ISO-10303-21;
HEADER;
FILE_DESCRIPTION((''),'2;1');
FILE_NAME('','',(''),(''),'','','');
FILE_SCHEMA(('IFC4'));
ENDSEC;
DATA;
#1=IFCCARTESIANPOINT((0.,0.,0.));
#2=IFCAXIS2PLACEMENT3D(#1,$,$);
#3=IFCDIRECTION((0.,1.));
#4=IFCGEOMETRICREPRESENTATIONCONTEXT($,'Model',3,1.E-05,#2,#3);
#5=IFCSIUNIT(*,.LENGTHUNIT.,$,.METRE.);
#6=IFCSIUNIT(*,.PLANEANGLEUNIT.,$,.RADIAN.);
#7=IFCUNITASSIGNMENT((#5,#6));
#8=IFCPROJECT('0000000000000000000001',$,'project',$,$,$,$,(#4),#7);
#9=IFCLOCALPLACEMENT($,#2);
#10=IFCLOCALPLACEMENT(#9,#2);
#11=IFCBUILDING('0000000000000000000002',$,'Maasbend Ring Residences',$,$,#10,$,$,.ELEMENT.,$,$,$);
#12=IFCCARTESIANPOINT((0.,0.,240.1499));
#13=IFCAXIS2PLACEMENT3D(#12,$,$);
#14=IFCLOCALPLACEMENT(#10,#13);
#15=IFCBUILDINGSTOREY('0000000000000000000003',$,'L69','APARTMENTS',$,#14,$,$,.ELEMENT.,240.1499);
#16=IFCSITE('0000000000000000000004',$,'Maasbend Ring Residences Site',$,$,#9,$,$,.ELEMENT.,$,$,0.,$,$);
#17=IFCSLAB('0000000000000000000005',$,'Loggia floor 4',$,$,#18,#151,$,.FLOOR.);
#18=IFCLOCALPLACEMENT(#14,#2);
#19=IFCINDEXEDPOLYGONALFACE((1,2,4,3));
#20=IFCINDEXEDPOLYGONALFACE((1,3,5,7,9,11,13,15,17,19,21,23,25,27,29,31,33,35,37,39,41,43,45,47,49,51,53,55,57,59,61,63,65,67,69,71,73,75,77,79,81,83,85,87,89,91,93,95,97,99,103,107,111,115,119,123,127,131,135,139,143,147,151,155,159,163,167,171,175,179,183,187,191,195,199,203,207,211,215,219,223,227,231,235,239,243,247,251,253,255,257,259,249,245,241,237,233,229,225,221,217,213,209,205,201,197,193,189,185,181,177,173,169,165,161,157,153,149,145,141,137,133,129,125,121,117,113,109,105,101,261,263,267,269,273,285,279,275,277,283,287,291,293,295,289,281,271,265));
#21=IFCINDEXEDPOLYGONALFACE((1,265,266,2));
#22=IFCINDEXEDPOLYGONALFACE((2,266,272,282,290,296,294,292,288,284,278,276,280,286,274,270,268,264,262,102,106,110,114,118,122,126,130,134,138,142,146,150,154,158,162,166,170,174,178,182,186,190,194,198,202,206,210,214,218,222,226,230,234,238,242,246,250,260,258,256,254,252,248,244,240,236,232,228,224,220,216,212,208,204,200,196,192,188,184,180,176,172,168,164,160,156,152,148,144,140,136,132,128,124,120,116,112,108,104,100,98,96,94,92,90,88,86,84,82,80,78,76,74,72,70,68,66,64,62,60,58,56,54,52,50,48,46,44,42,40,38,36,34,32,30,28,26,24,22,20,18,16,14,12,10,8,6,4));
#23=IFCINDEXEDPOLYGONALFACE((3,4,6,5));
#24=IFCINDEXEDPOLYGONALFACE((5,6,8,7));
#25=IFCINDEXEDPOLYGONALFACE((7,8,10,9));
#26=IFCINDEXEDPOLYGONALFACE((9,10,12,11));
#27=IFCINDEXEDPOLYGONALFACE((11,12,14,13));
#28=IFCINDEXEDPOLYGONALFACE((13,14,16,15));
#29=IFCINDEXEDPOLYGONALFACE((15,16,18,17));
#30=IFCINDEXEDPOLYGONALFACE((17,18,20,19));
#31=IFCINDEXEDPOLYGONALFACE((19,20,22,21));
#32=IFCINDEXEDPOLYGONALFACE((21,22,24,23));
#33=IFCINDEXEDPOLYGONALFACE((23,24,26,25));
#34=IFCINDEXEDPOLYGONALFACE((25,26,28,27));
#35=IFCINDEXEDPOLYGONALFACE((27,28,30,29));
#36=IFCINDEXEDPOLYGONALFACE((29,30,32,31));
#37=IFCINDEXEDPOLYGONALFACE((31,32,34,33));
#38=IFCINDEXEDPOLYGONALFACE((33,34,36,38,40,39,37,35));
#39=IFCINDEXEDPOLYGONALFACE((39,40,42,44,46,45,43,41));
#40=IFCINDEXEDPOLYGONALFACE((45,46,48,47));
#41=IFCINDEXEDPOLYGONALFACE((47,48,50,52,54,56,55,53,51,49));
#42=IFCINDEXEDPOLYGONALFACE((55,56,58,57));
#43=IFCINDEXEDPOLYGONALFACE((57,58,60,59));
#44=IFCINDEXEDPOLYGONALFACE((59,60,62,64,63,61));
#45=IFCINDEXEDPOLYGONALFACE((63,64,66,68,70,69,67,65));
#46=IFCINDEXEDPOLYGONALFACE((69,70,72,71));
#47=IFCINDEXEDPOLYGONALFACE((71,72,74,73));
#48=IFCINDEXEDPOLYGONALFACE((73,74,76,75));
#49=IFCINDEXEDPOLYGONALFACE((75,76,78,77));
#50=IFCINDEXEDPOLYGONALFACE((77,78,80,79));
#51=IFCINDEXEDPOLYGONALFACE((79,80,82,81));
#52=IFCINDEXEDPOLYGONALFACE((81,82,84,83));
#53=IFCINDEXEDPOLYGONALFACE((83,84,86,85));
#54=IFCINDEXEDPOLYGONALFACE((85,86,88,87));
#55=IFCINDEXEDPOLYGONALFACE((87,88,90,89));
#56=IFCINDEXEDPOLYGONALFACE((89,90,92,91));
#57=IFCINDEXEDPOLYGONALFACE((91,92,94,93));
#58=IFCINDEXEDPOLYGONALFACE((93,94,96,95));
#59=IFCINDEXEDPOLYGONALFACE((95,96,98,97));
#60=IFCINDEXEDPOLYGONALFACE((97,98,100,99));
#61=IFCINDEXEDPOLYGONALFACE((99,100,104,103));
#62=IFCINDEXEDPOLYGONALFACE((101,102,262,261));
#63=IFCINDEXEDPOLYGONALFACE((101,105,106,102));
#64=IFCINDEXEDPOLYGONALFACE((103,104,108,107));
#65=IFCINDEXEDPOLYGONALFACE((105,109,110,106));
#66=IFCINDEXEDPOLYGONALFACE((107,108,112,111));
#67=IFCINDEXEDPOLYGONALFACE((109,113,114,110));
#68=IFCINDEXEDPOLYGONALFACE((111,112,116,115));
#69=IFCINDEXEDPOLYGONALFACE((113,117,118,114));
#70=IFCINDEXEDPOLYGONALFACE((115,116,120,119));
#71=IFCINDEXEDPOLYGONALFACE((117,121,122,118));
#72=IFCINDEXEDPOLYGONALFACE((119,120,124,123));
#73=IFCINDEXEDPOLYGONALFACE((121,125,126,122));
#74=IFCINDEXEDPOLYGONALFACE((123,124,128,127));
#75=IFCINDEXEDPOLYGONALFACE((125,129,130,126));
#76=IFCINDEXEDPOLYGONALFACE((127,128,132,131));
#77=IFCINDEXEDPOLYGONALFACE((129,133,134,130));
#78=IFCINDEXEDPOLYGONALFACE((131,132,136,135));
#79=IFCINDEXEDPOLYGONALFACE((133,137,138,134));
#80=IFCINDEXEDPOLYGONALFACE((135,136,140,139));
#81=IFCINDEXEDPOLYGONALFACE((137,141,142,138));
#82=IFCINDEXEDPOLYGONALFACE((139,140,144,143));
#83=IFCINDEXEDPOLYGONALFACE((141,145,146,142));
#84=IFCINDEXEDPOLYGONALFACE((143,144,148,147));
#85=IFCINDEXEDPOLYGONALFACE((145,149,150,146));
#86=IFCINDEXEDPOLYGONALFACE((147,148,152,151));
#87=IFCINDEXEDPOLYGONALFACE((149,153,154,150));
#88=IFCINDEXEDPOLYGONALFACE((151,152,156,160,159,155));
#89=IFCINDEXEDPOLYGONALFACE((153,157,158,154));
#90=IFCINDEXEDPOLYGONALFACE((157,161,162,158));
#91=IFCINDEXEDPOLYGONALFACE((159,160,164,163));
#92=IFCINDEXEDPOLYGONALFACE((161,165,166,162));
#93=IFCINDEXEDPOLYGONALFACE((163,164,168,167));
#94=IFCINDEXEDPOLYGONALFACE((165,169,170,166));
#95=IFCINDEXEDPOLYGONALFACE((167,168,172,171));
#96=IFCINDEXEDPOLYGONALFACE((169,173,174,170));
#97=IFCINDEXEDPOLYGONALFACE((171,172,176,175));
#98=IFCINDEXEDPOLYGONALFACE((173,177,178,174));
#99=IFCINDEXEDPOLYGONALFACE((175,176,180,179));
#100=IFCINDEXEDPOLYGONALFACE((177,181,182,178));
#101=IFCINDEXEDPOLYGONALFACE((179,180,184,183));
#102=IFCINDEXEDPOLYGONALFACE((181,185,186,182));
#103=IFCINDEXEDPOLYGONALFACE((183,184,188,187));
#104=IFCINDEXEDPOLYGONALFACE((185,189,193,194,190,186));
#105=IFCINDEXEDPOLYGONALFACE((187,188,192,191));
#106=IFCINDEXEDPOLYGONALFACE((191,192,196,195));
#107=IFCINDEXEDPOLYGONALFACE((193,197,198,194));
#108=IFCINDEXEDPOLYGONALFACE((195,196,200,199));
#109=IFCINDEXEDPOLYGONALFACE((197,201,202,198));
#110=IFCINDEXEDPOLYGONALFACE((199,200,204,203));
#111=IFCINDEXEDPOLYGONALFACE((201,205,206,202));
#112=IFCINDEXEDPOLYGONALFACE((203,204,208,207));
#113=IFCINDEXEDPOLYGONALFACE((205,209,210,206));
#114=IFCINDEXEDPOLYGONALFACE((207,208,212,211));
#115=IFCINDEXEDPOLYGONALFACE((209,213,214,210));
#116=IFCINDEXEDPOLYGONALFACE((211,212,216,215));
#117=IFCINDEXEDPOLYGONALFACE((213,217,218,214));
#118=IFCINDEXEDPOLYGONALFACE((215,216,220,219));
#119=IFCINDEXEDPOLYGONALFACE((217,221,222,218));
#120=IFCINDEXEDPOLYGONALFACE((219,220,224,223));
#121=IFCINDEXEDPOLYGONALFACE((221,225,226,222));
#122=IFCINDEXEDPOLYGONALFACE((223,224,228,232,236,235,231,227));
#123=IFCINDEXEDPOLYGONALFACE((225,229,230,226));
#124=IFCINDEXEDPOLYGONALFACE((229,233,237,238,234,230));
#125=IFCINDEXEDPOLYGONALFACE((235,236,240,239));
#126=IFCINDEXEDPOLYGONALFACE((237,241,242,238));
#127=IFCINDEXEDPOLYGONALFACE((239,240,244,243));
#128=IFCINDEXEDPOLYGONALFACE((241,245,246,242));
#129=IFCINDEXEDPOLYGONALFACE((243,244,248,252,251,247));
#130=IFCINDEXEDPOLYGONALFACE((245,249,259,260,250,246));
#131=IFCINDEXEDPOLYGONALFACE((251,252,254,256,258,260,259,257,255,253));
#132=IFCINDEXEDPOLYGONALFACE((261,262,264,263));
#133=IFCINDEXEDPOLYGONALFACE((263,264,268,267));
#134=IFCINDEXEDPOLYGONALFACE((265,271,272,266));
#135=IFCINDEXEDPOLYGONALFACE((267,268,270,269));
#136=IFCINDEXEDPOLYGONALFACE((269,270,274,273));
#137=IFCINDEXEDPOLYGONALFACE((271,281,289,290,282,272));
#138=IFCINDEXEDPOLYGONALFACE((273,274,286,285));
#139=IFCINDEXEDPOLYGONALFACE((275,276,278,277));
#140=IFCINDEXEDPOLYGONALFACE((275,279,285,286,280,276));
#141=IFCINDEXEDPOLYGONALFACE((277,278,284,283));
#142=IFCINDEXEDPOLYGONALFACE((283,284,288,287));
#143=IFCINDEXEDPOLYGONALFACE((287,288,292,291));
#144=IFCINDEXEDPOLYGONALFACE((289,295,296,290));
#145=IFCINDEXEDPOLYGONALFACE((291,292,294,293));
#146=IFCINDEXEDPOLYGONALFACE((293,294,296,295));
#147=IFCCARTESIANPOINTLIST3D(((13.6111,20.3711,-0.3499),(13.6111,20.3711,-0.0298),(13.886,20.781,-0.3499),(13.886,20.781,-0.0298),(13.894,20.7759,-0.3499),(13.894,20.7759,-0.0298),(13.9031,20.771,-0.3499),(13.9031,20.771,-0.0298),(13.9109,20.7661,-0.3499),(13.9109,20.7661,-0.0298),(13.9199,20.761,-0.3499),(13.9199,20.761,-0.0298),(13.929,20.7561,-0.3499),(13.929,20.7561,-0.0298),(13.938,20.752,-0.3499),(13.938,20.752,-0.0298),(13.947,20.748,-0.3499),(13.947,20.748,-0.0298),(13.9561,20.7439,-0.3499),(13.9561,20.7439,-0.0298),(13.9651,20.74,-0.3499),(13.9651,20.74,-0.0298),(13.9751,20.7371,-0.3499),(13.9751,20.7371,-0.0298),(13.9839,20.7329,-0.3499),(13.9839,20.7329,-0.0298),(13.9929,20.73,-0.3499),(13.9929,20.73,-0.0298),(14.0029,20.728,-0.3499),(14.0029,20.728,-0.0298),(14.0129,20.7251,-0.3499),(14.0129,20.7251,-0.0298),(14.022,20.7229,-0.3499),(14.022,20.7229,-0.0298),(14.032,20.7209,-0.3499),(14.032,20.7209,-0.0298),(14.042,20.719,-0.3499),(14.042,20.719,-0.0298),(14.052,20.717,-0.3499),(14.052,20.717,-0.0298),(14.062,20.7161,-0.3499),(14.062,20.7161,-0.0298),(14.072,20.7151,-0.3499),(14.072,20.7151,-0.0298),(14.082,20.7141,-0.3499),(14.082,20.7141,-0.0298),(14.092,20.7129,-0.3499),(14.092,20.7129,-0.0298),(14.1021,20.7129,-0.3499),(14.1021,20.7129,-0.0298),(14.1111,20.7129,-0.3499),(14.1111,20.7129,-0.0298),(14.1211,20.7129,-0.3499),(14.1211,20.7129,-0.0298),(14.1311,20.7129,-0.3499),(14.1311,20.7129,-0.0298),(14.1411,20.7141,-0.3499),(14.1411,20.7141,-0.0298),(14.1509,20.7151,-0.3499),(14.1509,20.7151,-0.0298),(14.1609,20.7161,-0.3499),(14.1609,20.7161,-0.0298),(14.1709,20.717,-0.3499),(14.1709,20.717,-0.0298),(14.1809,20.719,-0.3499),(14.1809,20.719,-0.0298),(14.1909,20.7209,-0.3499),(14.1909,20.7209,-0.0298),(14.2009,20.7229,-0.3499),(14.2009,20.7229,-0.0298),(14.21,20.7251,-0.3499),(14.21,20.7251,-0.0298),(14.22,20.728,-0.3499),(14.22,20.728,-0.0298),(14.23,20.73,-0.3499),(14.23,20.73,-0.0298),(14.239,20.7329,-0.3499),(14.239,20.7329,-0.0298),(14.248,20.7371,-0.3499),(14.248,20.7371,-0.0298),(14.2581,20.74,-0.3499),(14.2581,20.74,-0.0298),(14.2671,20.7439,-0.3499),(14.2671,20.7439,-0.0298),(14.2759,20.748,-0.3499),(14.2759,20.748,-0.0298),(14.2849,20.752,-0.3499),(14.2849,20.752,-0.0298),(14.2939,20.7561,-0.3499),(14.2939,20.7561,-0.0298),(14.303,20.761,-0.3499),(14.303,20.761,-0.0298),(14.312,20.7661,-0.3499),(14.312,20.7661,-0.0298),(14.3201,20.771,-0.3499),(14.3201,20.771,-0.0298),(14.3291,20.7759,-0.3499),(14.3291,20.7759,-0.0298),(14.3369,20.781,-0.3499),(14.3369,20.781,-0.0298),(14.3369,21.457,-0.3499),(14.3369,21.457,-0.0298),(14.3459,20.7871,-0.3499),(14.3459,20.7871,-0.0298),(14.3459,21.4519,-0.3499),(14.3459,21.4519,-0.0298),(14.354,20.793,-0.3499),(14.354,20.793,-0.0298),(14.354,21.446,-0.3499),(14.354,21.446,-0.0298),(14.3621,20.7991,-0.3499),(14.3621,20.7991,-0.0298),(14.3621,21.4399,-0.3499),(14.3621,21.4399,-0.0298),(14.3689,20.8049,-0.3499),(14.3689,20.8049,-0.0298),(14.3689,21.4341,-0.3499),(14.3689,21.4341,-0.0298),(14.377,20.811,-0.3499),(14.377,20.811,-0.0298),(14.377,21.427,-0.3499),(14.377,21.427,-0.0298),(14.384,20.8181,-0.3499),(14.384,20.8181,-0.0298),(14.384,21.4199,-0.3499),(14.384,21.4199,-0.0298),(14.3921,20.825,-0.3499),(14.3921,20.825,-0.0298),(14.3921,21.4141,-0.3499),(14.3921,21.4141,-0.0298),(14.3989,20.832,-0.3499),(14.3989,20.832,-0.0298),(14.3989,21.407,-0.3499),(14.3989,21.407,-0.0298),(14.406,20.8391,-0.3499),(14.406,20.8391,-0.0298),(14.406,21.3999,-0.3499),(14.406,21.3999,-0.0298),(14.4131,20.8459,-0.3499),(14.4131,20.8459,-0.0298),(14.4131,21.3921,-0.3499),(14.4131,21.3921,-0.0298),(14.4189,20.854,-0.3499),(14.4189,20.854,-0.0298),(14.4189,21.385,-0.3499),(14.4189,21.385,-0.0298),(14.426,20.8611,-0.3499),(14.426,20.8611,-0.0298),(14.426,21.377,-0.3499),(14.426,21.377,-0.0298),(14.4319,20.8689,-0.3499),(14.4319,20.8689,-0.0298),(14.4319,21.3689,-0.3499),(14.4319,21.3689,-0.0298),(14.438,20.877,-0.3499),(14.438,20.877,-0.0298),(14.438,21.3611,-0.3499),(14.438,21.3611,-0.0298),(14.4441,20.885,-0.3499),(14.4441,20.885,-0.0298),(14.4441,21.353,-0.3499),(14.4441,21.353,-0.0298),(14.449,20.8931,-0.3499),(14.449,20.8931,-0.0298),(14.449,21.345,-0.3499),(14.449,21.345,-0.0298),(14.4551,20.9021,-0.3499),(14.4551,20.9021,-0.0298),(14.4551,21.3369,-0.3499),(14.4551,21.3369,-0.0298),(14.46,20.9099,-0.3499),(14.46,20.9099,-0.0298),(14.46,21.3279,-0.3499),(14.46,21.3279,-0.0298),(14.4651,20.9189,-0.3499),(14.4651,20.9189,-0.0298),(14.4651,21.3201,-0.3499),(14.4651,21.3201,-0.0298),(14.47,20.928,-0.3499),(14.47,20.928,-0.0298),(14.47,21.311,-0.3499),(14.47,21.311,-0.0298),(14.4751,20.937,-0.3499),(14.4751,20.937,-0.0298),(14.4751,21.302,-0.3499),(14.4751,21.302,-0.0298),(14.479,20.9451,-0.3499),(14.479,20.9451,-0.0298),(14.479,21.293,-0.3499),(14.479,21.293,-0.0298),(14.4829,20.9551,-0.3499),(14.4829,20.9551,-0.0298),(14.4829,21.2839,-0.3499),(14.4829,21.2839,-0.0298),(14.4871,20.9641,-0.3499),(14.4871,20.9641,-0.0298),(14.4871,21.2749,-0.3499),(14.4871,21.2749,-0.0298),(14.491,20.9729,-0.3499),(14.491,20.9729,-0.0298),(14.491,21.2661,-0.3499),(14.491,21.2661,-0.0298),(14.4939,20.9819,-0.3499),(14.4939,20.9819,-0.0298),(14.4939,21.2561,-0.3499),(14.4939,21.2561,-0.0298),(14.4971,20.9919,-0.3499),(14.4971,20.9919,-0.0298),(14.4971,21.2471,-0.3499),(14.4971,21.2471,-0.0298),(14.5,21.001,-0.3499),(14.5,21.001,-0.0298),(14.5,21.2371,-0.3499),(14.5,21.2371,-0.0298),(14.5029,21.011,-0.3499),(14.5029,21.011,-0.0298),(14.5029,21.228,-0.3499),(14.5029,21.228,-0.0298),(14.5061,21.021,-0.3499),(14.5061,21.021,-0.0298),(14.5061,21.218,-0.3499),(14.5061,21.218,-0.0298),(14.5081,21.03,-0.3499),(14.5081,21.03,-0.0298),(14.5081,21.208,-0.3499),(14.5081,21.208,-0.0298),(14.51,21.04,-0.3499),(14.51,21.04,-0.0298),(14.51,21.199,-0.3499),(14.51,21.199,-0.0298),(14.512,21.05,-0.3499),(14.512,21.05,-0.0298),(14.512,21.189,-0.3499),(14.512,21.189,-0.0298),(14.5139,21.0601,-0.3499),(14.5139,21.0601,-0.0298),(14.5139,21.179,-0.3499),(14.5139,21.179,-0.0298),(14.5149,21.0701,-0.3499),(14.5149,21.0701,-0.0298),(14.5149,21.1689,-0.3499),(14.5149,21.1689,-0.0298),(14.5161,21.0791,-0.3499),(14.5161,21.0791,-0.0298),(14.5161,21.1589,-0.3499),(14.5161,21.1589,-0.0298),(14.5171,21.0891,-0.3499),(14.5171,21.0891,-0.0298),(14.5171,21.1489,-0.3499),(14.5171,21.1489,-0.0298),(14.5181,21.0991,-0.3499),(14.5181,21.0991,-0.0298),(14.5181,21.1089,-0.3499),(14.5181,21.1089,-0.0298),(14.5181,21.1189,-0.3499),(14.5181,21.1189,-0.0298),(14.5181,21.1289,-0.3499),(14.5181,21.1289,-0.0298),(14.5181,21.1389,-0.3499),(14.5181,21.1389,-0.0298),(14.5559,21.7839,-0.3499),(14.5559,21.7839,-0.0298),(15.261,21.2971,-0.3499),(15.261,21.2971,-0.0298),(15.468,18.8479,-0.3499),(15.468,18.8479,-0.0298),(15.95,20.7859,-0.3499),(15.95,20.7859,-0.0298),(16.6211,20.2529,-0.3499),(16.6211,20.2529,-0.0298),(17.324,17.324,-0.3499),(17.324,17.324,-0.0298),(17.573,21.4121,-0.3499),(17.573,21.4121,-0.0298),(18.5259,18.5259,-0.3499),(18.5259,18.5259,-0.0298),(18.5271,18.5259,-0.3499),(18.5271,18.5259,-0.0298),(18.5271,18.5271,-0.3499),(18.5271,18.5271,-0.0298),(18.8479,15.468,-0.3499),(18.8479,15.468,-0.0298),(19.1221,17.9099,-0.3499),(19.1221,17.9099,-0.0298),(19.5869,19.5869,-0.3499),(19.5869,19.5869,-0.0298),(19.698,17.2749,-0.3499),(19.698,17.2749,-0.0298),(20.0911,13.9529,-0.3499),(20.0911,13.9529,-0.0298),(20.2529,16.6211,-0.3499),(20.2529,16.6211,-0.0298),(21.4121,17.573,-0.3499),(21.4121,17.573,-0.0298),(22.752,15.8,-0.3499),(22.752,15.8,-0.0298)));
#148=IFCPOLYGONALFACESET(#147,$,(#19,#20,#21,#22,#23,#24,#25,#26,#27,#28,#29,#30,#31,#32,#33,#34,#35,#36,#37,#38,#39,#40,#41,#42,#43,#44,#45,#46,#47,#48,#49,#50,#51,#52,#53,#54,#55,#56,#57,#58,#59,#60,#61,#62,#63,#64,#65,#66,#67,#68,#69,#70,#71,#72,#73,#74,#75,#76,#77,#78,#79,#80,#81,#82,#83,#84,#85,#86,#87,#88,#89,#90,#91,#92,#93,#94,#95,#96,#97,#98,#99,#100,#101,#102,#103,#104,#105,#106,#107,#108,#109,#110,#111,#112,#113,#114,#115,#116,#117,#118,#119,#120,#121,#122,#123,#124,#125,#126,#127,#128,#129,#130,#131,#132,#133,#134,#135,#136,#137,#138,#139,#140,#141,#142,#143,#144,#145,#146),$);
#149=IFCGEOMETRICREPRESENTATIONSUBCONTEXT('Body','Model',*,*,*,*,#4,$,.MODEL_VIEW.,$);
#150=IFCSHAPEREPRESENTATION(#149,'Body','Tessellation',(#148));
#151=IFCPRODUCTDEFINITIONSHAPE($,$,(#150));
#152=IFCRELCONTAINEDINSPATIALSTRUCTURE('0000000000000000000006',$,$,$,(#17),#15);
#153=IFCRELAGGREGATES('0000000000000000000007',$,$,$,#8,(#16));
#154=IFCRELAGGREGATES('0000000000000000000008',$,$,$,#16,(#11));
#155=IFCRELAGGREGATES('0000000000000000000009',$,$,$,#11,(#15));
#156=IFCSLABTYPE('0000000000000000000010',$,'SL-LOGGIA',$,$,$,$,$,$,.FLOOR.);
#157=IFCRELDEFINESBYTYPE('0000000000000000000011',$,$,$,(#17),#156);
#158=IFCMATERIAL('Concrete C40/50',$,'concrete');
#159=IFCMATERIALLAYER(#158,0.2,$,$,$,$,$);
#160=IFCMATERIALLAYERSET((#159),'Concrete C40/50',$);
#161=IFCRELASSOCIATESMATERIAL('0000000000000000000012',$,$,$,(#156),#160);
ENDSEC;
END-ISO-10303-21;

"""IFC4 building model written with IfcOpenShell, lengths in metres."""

from ifc_helpers import new_model, si_unit, direction, frame, origin, place, context, subcontext, project, spatial, polyline, outline, extrude, material, layer, layer_set, type_object, element, save


model = new_model("IFC4")

# Units and contexts
model_context = context("Model", 3, precision=1e-05, world=origin(), true_north=direction((0.0, 1.0)))
body_context = subcontext(model_context, "Body", "Model", "MODEL_VIEW")
ifc_project = project(units=[si_unit("LENGTHUNIT", "METRE"), si_unit("PLANEANGLEUNIT", "RADIAN")], contexts=[model_context])

# Site, building, storey
site_placement = place(None, origin())
site = spatial("IfcSite", under=ifc_project, at=site_placement, Name="Maasbend Ring Residences Site", CompositionType="ELEMENT", RefElevation=0.0)
building_placement = place(site_placement, origin())
building = spatial("IfcBuilding", under=site, at=building_placement, Name="Maasbend Ring Residences", CompositionType="ELEMENT")
storey_placement = place(building_placement, frame((0.0, 0.0, 240.1499)))
storey = spatial("IfcBuildingStorey", under=building, at=storey_placement, Name="L69", Description="APARTMENTS", CompositionType="ELEMENT", Elevation=240.1499)

# Slab
ifc_material_1 = material(Name="Concrete C40/50", Category="concrete")
ifc_layer_1 = layer(ifc_material_1, 0.2)
ifc_layer_set_1 = layer_set([ifc_layer_1], Name="Concrete C40/50")
slab_type_1 = type_object("IfcSlabType", Name="SL-LOGGIA", PredefinedType="FLOOR", material=ifc_layer_set_1)
slab_1_placement = place(storey_placement, frame((0.0, 0.0, -0.3499)))
element("IfcSlab", 1, at=slab_1_placement, inside=storey, type_object=slab_type_1, Name="Loggia floor 4", PredefinedType="FLOOR", context=body_context, shape_type="SweptSolid", body=[
    extrude(outline(polyline([(13.886, 20.781), (13.894, 20.7759), (13.9031, 20.771), (13.9109, 20.7661), (13.9199, 20.761), (13.929, 20.7561), (13.938, 20.752), (13.947, 20.748), (13.9561, 20.7439), (13.9651, 20.74), (13.9751, 20.7371), (13.9839, 20.7329), (13.9929, 20.73), (14.0029, 20.728), (14.0129, 20.7251), (14.022, 20.7229), (14.032, 20.7209), (14.042, 20.719), (14.052, 20.717), (14.062, 20.7161), (14.072, 20.7151), (14.082, 20.7141), (14.092, 20.7129), (14.1021, 20.7129), (14.1111, 20.7129), (14.1211, 20.7129), (14.1311, 20.7129), (14.1411, 20.7141), (14.1509, 20.7151), (14.1609, 20.7161), (14.1709, 20.717), (14.1809, 20.719), (14.1909, 20.7209), (14.2009, 20.7229), (14.21, 20.7251), (14.22, 20.728), (14.23, 20.73), (14.239, 20.7329), (14.248, 20.7371), (14.2581, 20.74), (14.2671, 20.7439), (14.2759, 20.748), (14.2849, 20.752), (14.2939, 20.7561), (14.303, 20.761), (14.312, 20.7661), (14.3201, 20.771), (14.3291, 20.7759), (14.3369, 20.781), (14.3459, 20.7871), (14.354, 20.793), (14.3621, 20.7991), (14.3689, 20.8049), (14.377, 20.811), (14.384, 20.8181), (14.3921, 20.825), (14.3989, 20.832), (14.406, 20.8391), (14.4131, 20.8459), (14.4189, 20.854), (14.426, 20.8611), (14.4319, 20.8689), (14.438, 20.877), (14.4441, 20.885), (14.449, 20.8931), (14.4551, 20.9021), (14.46, 20.9099), (14.4651, 20.9189), (14.47, 20.928), (14.4751, 20.937), (14.479, 20.9451), (14.4829, 20.9551), (14.4871, 20.9641), (14.491, 20.9729), (14.4939, 20.9819), (14.4971, 20.9919), (14.5, 21.001), (14.5029, 21.011), (14.5061, 21.021), (14.5081, 21.03), (14.51, 21.04), (14.512, 21.05), (14.5139, 21.0601), (14.5149, 21.0701), (14.5161, 21.0791), (14.5171, 21.0891), (14.5181, 21.0991), (14.5181, 21.1089), (14.5181, 21.1189), (14.5181, 21.1289), (14.5181, 21.1389), (14.5171, 21.1489), (14.5161, 21.1589), (14.5149, 21.1689), (14.5139, 21.179), (14.512, 21.189), (14.51, 21.199), (14.5081, 21.208), (14.5061, 21.218), (14.5029, 21.228), (14.5, 21.2371), (14.4971, 21.2471), (14.4939, 21.2561), (14.491, 21.2661), (14.4871, 21.2749), (14.4829, 21.2839), (14.479, 21.293), (14.4751, 21.302), (14.47, 21.311), (14.4651, 21.3201), (14.46, 21.3279), (14.4551, 21.3369), (14.449, 21.345), (14.4441, 21.353), (14.438, 21.3611), (14.4319, 21.3689), (14.426, 21.377), (14.4189, 21.385), (14.4131, 21.3921), (14.406, 21.3999), (14.3989, 21.407), (14.3921, 21.4141), (14.384, 21.4199), (14.377, 21.427), (14.3689, 21.4341), (14.3621, 21.4399), (14.354, 21.446), (14.3459, 21.4519), (14.3369, 21.457), (14.5559, 21.7839), (15.261, 21.2971), (15.95, 20.7859), (16.6211, 20.2529), (16.6211, 20.2529), (16.6211, 20.2529), (16.6211, 20.2529), (16.6211, 20.2529), (16.6211, 20.2529), (16.6211, 20.2529), (16.6211, 20.2529), (16.6211, 20.2529), (16.6211, 20.2529), (16.6211, 20.2529), (16.6211, 20.2529), (16.6211, 20.2529), (16.6211, 20.2529), (16.6211, 20.2529), (16.6211, 20.2529), (16.6211, 20.2529), (17.573, 21.4121), (19.5869, 19.5869), (18.5271, 18.5271), (18.5271, 18.5271), (18.5259, 18.5259), (18.5259, 18.5259), (18.5259, 18.5259), (18.5259, 18.5259), (18.5259, 18.5259), (18.5259, 18.5259), (18.5259, 18.5259), (18.5259, 18.5259), (18.5259, 18.5259), (18.5259, 18.5259), (18.5259, 18.5259), (18.5259, 18.5259), (18.5259, 18.5259), (18.5271, 18.5259), (18.5271, 18.5259), (19.1221, 17.9099), (19.698, 17.2749), (20.2529, 16.6211), (20.2529, 16.6211), (20.2529, 16.6211), (20.2529, 16.6211), (20.2529, 16.6211), (20.2529, 16.6211), (20.2529, 16.6211), (20.2529, 16.6211), (20.2529, 16.6211), (20.2529, 16.6211), (20.2529, 16.6211), (20.2529, 16.6211), (20.2529, 16.6211), (20.2529, 16.6211), (20.2529, 16.6211), (20.2529, 16.6211), (20.2529, 16.6211), (21.4121, 17.573), (22.752, 15.8), (20.0911, 13.9529), (18.8479, 15.468), (17.324, 17.324), (17.324, 17.324), (17.324, 17.324), (15.468, 18.8479), (13.6111, 20.3711), (13.886, 20.781)])), origin(), (0.0, 0.0, 1.0), 0.3201),
])

save(model, "model.ifc")
